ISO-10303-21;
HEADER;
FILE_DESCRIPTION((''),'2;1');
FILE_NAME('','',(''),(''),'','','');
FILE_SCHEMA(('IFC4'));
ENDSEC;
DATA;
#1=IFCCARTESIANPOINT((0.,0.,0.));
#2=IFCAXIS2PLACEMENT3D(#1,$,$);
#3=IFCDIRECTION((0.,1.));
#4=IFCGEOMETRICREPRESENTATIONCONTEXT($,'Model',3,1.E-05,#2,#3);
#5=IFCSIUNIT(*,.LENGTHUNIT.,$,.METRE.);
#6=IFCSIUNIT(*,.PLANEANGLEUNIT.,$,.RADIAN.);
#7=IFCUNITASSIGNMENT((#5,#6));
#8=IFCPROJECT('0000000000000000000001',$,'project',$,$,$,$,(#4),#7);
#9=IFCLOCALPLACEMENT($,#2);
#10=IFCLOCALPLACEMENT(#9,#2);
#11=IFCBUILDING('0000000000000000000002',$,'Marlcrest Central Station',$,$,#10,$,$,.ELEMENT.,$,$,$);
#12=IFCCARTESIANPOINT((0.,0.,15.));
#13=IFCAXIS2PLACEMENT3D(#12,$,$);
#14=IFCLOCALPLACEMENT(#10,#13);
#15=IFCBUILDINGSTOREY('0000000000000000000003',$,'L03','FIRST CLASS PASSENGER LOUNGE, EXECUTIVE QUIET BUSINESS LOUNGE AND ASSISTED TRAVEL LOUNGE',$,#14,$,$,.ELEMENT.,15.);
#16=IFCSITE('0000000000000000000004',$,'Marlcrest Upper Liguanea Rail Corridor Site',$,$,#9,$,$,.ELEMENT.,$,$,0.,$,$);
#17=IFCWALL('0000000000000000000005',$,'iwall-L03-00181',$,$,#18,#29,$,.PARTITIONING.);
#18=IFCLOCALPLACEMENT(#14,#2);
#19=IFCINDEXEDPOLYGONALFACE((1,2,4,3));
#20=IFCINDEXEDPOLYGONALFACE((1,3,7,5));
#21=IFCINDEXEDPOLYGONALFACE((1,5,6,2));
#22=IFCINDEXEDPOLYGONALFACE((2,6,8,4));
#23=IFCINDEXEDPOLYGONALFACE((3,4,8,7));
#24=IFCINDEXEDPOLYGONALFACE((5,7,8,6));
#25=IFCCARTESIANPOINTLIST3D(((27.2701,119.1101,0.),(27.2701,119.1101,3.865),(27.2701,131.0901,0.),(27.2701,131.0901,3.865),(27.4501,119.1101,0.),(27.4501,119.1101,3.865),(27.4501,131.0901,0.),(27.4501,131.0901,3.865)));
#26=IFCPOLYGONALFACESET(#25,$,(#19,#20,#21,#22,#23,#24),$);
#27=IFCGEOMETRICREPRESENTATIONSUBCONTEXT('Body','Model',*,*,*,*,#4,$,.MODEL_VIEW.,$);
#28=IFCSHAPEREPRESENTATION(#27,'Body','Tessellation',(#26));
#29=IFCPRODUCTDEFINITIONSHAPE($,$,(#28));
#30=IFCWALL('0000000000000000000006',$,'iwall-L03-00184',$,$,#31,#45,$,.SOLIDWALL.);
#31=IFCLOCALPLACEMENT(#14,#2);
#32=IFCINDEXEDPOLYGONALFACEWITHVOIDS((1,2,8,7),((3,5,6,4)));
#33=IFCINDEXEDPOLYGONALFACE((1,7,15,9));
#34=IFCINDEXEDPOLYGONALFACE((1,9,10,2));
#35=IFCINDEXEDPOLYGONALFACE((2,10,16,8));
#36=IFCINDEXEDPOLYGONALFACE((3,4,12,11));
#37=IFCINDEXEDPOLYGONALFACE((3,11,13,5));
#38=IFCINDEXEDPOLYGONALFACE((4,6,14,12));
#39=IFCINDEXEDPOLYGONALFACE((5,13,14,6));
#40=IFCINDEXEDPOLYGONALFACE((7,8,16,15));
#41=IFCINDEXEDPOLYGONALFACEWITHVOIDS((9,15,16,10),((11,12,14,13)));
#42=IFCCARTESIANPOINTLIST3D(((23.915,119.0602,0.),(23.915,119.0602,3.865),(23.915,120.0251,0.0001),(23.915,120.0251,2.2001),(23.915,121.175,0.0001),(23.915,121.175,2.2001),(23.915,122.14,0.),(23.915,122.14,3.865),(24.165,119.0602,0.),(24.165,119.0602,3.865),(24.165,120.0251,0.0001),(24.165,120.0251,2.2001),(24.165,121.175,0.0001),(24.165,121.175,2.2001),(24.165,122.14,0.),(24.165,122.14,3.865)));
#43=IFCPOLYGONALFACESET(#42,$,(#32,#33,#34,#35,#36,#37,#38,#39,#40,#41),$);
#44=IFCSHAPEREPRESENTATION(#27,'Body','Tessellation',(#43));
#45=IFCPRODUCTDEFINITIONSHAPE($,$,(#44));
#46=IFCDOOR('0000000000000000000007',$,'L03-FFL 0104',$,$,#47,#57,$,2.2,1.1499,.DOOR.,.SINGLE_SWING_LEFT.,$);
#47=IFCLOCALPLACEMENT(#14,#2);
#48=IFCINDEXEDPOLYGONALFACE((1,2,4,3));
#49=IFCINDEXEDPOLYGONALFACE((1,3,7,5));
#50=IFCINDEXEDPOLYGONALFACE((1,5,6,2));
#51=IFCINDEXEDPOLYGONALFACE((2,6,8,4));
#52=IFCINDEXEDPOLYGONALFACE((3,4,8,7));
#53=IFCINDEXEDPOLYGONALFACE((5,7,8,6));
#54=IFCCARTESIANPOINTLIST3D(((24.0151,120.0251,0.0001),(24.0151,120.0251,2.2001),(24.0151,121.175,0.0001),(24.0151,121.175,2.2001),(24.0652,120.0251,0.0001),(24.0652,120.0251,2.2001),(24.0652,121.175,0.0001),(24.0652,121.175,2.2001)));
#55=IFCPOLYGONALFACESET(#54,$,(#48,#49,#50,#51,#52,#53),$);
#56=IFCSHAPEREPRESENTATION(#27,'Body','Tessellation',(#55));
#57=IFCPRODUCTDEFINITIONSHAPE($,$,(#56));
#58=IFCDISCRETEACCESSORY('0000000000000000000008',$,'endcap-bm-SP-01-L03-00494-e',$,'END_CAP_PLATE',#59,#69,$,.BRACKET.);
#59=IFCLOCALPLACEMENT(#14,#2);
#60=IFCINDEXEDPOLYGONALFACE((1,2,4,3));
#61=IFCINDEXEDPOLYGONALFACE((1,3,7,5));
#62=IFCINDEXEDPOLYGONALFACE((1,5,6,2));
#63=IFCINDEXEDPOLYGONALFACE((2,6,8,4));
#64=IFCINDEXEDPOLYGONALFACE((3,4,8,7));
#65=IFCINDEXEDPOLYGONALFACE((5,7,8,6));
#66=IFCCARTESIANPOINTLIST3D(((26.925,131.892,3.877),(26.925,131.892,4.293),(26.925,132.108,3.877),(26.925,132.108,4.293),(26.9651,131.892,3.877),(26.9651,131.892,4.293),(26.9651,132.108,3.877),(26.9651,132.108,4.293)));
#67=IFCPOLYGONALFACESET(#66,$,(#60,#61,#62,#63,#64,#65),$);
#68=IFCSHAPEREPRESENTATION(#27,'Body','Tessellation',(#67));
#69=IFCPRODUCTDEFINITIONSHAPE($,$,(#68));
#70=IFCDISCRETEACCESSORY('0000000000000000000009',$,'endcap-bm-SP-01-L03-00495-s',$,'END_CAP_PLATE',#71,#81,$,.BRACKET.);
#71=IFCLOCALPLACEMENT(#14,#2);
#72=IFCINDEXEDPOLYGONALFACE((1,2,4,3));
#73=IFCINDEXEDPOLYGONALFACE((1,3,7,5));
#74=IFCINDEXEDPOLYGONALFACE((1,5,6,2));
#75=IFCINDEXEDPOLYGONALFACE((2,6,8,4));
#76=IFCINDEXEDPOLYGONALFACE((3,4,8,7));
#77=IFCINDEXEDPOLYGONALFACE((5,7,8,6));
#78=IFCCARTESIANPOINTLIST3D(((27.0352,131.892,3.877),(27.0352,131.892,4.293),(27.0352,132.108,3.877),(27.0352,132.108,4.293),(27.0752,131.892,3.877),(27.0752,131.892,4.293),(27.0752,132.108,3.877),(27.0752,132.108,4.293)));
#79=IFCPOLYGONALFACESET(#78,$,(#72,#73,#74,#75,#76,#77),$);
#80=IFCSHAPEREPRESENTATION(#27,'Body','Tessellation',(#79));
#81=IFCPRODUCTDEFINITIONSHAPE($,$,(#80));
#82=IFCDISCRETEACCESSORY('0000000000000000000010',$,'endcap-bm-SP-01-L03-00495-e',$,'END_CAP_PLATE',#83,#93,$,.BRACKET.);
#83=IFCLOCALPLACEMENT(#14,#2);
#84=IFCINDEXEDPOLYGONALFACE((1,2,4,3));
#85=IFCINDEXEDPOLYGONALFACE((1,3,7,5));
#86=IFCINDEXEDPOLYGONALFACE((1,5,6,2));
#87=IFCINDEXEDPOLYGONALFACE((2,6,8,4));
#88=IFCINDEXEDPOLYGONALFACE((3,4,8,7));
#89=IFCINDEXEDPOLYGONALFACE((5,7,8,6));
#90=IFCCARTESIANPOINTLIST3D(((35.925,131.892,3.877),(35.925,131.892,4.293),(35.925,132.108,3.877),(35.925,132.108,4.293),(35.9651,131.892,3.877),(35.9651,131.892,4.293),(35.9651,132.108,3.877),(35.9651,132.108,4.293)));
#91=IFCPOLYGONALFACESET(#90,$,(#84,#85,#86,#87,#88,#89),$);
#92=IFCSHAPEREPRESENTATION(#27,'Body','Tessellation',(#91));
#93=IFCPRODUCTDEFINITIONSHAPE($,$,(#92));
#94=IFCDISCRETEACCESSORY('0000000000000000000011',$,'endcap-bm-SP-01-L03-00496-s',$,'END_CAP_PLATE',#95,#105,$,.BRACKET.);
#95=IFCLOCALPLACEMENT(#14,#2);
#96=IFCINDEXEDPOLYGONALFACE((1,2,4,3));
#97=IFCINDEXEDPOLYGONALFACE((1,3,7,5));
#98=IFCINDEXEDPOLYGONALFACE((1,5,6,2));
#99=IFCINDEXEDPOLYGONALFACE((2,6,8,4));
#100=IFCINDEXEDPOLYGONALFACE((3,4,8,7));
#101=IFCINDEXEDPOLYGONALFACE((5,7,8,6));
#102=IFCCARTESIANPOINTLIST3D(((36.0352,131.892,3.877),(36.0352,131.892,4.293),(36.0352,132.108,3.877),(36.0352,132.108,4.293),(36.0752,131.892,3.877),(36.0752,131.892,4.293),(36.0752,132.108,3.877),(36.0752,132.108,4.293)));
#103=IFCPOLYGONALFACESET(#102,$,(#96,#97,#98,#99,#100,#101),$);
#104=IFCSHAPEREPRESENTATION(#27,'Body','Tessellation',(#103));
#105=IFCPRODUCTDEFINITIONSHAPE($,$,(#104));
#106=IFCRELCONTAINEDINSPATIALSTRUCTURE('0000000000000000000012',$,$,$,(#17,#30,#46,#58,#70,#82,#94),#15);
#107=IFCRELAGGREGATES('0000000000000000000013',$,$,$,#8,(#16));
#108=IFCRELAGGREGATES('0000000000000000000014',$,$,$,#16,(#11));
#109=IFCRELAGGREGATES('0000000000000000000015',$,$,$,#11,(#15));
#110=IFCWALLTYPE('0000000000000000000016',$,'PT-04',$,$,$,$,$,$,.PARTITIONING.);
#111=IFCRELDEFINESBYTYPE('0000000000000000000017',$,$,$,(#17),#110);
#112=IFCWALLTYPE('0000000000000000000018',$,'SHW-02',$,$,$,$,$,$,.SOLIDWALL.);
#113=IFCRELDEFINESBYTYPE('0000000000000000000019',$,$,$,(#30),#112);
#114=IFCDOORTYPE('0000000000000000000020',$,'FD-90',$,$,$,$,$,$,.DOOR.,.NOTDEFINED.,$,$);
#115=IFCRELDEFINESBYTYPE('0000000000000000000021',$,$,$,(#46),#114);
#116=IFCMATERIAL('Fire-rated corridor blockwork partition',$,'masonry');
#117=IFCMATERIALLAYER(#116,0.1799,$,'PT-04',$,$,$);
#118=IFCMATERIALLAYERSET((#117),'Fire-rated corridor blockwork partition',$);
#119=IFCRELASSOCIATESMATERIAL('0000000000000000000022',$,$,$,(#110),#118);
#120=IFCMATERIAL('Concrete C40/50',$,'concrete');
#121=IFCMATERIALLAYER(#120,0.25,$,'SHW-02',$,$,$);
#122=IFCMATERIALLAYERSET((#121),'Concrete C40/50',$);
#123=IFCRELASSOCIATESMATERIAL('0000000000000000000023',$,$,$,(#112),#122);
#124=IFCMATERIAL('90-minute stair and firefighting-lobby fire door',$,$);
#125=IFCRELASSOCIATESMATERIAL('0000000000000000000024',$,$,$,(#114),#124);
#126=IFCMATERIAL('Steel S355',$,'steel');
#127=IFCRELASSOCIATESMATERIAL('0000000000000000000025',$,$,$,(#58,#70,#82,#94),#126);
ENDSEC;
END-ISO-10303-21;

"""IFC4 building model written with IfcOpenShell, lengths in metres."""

from ifc_helpers import new_model, si_unit, direction, frame, frame_2d, origin, origin_2d, place, context, subcontext, project, spatial, rectangle, extrude, material, layer, layer_set, type_object, element, fill, save


model = new_model("IFC4")

# Units and contexts
model_context = context("Model", 3, precision=1e-05, world=origin(), true_north=direction((0.0, 1.0)))
body_context = subcontext(model_context, "Body", "Model", "MODEL_VIEW")
ifc_project = project(units=[si_unit("LENGTHUNIT", "METRE"), si_unit("PLANEANGLEUNIT", "RADIAN")], contexts=[model_context])

# Site, building, storey
site_placement = place(None, origin())
site = spatial("IfcSite", under=ifc_project, at=site_placement, Name="Marlcrest Upper Liguanea Rail Corridor Site", CompositionType="ELEMENT", RefElevation=0.0)
building_placement = place(site_placement, origin())
building = spatial("IfcBuilding", under=site, at=building_placement, Name="Marlcrest Central Station", CompositionType="ELEMENT")
storey_placement = place(building_placement, frame((0.0, 0.0, 15.0)))
storey = spatial("IfcBuildingStorey", under=building, at=storey_placement, Name="L03", Description="FIRST CLASS PASSENGER LOUNGE, EXECUTIVE QUIET BUSINESS LOUNGE AND ASSISTED TRAVEL LOUNGE", CompositionType="ELEMENT", Elevation=15.0)

# Shared definitions
ifc_material_1 = material(Name="Steel S355", Category="steel")

# Shared definitions
ifc_material_2 = material(Name="Concrete C40/50", Category="concrete")

# Wall
ifc_material_3 = material(Name="Fire-rated corridor blockwork partition", Category="masonry")
ifc_layer_1 = layer(ifc_material_3, 0.1799, Name="PT-04")
ifc_layer_set_1 = layer_set([ifc_layer_1], Name="Fire-rated corridor blockwork partition")
wall_type_1 = type_object("IfcWallType", Name="PT-04", PredefinedType="PARTITIONING", material=ifc_layer_set_1)
wall_1_placement = place(storey_placement, frame((27.3601, 119.1101, 0.0), z_axis=(0.0, 0.0, 1.0), x_axis=(0.0, 1.0, 0.0)))
element("IfcWall", 1, at=wall_1_placement, inside=storey, type_object=wall_type_1, Name="iwall-L03-00181", PredefinedType="PARTITIONING", context=body_context, shape_type="SweptSolid", body=[
    extrude(rectangle(XDim=11.98, YDim=0.1799, at=frame_2d((5.99, 0.0))), origin(), (0.0, 0.0, 1.0), 3.865),
])

# Wall, opening, door
ifc_layer_2 = layer(ifc_material_2, 0.25, Name="SHW-02")
ifc_layer_set_2 = layer_set([ifc_layer_2], Name="Concrete C40/50")
wall_type_2 = type_object("IfcWallType", Name="SHW-02", PredefinedType="SOLIDWALL", material=ifc_layer_set_2)
wall_2_placement = place(storey_placement, frame((24.04, 119.0601, 0.0), z_axis=(0.0, 0.0, 1.0), x_axis=(0.0, 1.0, 0.0)))
wall_2 = element("IfcWall", 2, at=wall_2_placement, inside=storey, type_object=wall_type_2, Name="iwall-L03-00184", PredefinedType="SOLIDWALL", context=body_context, shape_type="SweptSolid", body=[
    extrude(rectangle(XDim=3.0798, YDim=0.25, at=frame_2d((1.54, 0.0))), origin(), (0.0, 0.0, 1.0), 3.865),
])
opening_1_placement = place(wall_2_placement, frame((0.9651, 0.0, 0.0)))
opening_1 = element("IfcOpeningElement", 3, at=opening_1_placement, cuts=wall_2, PredefinedType="OPENING", context=body_context, shape_type="SweptSolid", body=[
    extrude(rectangle(XDim=1.1499, YDim=2.2, at=frame_2d((0.575, 1.1001))), frame((0.0, 0.135, 0.0), z_axis=(0.0, -1.0, 0.0), x_axis=(1.0, 0.0, 0.0)), (0.0, 0.0, 1.0), 0.27),
])
ifc_material_4 = material(Name="90-minute stair and firefighting-lobby fire door")
door_type = type_object("IfcDoorType", Name="FD-90", OperationType="NOTDEFINED", PredefinedType="DOOR", material=ifc_material_4)
door_placement = place(opening_1_placement, origin())
door = element("IfcDoor", 4, at=door_placement, inside=storey, type_object=door_type, Name="L03-FFL 0104", OperationType="SINGLE_SWING_LEFT", OverallHeight=2.2, OverallWidth=1.1499, PredefinedType="DOOR", context=body_context, shape_type="SweptSolid", body=[
    extrude(rectangle(XDim=1.1499, YDim=2.2, at=frame_2d((0.575, 1.1001))), frame((0.0, 0.0249, 0.0), z_axis=(0.0, -1.0, 0.0), x_axis=(1.0, 0.0, 0.0)), (0.0, 0.0, 1.0), 0.05),
])
fill(opening_1, door)

# Discrete accessories
for number, where, z_axis, x_axis, name in (
    (5, (26.925, 132.0, 4.085), (1.0, 0.0, 0.0), (0.0, 1.0, 0.0), "endcap-bm-SP-01-L03-00494-e"),
    (6, (27.0352, 132.0, 4.085), (1.0, 0.0, 0.0), (0.0, 1.0, 0.0), "endcap-bm-SP-01-L03-00495-s"),
    (7, (35.925, 132.0, 4.085), (1.0, 0.0, 0.0), (0.0, 1.0, 0.0), "endcap-bm-SP-01-L03-00495-e"),
    (8, (36.0352, 132.0, 4.085), (1.0, 0.0, 0.0), (0.0, 1.0, 0.0), "endcap-bm-SP-01-L03-00496-s"),
):
    element("IfcDiscreteAccessory", number, at=place(storey_placement, frame(where, z_axis=z_axis, x_axis=x_axis)), inside=storey, material=ifc_material_1, Name=name, ObjectType="END_CAP_PLATE", PredefinedType="BRACKET", context=body_context, shape_type="SweptSolid", body=[
        extrude(rectangle(XDim=0.2161, YDim=0.416, at=origin_2d()), origin(), (0.0, 0.0, 1.0), 0.04),
    ])

save(model, "model.ifc")
